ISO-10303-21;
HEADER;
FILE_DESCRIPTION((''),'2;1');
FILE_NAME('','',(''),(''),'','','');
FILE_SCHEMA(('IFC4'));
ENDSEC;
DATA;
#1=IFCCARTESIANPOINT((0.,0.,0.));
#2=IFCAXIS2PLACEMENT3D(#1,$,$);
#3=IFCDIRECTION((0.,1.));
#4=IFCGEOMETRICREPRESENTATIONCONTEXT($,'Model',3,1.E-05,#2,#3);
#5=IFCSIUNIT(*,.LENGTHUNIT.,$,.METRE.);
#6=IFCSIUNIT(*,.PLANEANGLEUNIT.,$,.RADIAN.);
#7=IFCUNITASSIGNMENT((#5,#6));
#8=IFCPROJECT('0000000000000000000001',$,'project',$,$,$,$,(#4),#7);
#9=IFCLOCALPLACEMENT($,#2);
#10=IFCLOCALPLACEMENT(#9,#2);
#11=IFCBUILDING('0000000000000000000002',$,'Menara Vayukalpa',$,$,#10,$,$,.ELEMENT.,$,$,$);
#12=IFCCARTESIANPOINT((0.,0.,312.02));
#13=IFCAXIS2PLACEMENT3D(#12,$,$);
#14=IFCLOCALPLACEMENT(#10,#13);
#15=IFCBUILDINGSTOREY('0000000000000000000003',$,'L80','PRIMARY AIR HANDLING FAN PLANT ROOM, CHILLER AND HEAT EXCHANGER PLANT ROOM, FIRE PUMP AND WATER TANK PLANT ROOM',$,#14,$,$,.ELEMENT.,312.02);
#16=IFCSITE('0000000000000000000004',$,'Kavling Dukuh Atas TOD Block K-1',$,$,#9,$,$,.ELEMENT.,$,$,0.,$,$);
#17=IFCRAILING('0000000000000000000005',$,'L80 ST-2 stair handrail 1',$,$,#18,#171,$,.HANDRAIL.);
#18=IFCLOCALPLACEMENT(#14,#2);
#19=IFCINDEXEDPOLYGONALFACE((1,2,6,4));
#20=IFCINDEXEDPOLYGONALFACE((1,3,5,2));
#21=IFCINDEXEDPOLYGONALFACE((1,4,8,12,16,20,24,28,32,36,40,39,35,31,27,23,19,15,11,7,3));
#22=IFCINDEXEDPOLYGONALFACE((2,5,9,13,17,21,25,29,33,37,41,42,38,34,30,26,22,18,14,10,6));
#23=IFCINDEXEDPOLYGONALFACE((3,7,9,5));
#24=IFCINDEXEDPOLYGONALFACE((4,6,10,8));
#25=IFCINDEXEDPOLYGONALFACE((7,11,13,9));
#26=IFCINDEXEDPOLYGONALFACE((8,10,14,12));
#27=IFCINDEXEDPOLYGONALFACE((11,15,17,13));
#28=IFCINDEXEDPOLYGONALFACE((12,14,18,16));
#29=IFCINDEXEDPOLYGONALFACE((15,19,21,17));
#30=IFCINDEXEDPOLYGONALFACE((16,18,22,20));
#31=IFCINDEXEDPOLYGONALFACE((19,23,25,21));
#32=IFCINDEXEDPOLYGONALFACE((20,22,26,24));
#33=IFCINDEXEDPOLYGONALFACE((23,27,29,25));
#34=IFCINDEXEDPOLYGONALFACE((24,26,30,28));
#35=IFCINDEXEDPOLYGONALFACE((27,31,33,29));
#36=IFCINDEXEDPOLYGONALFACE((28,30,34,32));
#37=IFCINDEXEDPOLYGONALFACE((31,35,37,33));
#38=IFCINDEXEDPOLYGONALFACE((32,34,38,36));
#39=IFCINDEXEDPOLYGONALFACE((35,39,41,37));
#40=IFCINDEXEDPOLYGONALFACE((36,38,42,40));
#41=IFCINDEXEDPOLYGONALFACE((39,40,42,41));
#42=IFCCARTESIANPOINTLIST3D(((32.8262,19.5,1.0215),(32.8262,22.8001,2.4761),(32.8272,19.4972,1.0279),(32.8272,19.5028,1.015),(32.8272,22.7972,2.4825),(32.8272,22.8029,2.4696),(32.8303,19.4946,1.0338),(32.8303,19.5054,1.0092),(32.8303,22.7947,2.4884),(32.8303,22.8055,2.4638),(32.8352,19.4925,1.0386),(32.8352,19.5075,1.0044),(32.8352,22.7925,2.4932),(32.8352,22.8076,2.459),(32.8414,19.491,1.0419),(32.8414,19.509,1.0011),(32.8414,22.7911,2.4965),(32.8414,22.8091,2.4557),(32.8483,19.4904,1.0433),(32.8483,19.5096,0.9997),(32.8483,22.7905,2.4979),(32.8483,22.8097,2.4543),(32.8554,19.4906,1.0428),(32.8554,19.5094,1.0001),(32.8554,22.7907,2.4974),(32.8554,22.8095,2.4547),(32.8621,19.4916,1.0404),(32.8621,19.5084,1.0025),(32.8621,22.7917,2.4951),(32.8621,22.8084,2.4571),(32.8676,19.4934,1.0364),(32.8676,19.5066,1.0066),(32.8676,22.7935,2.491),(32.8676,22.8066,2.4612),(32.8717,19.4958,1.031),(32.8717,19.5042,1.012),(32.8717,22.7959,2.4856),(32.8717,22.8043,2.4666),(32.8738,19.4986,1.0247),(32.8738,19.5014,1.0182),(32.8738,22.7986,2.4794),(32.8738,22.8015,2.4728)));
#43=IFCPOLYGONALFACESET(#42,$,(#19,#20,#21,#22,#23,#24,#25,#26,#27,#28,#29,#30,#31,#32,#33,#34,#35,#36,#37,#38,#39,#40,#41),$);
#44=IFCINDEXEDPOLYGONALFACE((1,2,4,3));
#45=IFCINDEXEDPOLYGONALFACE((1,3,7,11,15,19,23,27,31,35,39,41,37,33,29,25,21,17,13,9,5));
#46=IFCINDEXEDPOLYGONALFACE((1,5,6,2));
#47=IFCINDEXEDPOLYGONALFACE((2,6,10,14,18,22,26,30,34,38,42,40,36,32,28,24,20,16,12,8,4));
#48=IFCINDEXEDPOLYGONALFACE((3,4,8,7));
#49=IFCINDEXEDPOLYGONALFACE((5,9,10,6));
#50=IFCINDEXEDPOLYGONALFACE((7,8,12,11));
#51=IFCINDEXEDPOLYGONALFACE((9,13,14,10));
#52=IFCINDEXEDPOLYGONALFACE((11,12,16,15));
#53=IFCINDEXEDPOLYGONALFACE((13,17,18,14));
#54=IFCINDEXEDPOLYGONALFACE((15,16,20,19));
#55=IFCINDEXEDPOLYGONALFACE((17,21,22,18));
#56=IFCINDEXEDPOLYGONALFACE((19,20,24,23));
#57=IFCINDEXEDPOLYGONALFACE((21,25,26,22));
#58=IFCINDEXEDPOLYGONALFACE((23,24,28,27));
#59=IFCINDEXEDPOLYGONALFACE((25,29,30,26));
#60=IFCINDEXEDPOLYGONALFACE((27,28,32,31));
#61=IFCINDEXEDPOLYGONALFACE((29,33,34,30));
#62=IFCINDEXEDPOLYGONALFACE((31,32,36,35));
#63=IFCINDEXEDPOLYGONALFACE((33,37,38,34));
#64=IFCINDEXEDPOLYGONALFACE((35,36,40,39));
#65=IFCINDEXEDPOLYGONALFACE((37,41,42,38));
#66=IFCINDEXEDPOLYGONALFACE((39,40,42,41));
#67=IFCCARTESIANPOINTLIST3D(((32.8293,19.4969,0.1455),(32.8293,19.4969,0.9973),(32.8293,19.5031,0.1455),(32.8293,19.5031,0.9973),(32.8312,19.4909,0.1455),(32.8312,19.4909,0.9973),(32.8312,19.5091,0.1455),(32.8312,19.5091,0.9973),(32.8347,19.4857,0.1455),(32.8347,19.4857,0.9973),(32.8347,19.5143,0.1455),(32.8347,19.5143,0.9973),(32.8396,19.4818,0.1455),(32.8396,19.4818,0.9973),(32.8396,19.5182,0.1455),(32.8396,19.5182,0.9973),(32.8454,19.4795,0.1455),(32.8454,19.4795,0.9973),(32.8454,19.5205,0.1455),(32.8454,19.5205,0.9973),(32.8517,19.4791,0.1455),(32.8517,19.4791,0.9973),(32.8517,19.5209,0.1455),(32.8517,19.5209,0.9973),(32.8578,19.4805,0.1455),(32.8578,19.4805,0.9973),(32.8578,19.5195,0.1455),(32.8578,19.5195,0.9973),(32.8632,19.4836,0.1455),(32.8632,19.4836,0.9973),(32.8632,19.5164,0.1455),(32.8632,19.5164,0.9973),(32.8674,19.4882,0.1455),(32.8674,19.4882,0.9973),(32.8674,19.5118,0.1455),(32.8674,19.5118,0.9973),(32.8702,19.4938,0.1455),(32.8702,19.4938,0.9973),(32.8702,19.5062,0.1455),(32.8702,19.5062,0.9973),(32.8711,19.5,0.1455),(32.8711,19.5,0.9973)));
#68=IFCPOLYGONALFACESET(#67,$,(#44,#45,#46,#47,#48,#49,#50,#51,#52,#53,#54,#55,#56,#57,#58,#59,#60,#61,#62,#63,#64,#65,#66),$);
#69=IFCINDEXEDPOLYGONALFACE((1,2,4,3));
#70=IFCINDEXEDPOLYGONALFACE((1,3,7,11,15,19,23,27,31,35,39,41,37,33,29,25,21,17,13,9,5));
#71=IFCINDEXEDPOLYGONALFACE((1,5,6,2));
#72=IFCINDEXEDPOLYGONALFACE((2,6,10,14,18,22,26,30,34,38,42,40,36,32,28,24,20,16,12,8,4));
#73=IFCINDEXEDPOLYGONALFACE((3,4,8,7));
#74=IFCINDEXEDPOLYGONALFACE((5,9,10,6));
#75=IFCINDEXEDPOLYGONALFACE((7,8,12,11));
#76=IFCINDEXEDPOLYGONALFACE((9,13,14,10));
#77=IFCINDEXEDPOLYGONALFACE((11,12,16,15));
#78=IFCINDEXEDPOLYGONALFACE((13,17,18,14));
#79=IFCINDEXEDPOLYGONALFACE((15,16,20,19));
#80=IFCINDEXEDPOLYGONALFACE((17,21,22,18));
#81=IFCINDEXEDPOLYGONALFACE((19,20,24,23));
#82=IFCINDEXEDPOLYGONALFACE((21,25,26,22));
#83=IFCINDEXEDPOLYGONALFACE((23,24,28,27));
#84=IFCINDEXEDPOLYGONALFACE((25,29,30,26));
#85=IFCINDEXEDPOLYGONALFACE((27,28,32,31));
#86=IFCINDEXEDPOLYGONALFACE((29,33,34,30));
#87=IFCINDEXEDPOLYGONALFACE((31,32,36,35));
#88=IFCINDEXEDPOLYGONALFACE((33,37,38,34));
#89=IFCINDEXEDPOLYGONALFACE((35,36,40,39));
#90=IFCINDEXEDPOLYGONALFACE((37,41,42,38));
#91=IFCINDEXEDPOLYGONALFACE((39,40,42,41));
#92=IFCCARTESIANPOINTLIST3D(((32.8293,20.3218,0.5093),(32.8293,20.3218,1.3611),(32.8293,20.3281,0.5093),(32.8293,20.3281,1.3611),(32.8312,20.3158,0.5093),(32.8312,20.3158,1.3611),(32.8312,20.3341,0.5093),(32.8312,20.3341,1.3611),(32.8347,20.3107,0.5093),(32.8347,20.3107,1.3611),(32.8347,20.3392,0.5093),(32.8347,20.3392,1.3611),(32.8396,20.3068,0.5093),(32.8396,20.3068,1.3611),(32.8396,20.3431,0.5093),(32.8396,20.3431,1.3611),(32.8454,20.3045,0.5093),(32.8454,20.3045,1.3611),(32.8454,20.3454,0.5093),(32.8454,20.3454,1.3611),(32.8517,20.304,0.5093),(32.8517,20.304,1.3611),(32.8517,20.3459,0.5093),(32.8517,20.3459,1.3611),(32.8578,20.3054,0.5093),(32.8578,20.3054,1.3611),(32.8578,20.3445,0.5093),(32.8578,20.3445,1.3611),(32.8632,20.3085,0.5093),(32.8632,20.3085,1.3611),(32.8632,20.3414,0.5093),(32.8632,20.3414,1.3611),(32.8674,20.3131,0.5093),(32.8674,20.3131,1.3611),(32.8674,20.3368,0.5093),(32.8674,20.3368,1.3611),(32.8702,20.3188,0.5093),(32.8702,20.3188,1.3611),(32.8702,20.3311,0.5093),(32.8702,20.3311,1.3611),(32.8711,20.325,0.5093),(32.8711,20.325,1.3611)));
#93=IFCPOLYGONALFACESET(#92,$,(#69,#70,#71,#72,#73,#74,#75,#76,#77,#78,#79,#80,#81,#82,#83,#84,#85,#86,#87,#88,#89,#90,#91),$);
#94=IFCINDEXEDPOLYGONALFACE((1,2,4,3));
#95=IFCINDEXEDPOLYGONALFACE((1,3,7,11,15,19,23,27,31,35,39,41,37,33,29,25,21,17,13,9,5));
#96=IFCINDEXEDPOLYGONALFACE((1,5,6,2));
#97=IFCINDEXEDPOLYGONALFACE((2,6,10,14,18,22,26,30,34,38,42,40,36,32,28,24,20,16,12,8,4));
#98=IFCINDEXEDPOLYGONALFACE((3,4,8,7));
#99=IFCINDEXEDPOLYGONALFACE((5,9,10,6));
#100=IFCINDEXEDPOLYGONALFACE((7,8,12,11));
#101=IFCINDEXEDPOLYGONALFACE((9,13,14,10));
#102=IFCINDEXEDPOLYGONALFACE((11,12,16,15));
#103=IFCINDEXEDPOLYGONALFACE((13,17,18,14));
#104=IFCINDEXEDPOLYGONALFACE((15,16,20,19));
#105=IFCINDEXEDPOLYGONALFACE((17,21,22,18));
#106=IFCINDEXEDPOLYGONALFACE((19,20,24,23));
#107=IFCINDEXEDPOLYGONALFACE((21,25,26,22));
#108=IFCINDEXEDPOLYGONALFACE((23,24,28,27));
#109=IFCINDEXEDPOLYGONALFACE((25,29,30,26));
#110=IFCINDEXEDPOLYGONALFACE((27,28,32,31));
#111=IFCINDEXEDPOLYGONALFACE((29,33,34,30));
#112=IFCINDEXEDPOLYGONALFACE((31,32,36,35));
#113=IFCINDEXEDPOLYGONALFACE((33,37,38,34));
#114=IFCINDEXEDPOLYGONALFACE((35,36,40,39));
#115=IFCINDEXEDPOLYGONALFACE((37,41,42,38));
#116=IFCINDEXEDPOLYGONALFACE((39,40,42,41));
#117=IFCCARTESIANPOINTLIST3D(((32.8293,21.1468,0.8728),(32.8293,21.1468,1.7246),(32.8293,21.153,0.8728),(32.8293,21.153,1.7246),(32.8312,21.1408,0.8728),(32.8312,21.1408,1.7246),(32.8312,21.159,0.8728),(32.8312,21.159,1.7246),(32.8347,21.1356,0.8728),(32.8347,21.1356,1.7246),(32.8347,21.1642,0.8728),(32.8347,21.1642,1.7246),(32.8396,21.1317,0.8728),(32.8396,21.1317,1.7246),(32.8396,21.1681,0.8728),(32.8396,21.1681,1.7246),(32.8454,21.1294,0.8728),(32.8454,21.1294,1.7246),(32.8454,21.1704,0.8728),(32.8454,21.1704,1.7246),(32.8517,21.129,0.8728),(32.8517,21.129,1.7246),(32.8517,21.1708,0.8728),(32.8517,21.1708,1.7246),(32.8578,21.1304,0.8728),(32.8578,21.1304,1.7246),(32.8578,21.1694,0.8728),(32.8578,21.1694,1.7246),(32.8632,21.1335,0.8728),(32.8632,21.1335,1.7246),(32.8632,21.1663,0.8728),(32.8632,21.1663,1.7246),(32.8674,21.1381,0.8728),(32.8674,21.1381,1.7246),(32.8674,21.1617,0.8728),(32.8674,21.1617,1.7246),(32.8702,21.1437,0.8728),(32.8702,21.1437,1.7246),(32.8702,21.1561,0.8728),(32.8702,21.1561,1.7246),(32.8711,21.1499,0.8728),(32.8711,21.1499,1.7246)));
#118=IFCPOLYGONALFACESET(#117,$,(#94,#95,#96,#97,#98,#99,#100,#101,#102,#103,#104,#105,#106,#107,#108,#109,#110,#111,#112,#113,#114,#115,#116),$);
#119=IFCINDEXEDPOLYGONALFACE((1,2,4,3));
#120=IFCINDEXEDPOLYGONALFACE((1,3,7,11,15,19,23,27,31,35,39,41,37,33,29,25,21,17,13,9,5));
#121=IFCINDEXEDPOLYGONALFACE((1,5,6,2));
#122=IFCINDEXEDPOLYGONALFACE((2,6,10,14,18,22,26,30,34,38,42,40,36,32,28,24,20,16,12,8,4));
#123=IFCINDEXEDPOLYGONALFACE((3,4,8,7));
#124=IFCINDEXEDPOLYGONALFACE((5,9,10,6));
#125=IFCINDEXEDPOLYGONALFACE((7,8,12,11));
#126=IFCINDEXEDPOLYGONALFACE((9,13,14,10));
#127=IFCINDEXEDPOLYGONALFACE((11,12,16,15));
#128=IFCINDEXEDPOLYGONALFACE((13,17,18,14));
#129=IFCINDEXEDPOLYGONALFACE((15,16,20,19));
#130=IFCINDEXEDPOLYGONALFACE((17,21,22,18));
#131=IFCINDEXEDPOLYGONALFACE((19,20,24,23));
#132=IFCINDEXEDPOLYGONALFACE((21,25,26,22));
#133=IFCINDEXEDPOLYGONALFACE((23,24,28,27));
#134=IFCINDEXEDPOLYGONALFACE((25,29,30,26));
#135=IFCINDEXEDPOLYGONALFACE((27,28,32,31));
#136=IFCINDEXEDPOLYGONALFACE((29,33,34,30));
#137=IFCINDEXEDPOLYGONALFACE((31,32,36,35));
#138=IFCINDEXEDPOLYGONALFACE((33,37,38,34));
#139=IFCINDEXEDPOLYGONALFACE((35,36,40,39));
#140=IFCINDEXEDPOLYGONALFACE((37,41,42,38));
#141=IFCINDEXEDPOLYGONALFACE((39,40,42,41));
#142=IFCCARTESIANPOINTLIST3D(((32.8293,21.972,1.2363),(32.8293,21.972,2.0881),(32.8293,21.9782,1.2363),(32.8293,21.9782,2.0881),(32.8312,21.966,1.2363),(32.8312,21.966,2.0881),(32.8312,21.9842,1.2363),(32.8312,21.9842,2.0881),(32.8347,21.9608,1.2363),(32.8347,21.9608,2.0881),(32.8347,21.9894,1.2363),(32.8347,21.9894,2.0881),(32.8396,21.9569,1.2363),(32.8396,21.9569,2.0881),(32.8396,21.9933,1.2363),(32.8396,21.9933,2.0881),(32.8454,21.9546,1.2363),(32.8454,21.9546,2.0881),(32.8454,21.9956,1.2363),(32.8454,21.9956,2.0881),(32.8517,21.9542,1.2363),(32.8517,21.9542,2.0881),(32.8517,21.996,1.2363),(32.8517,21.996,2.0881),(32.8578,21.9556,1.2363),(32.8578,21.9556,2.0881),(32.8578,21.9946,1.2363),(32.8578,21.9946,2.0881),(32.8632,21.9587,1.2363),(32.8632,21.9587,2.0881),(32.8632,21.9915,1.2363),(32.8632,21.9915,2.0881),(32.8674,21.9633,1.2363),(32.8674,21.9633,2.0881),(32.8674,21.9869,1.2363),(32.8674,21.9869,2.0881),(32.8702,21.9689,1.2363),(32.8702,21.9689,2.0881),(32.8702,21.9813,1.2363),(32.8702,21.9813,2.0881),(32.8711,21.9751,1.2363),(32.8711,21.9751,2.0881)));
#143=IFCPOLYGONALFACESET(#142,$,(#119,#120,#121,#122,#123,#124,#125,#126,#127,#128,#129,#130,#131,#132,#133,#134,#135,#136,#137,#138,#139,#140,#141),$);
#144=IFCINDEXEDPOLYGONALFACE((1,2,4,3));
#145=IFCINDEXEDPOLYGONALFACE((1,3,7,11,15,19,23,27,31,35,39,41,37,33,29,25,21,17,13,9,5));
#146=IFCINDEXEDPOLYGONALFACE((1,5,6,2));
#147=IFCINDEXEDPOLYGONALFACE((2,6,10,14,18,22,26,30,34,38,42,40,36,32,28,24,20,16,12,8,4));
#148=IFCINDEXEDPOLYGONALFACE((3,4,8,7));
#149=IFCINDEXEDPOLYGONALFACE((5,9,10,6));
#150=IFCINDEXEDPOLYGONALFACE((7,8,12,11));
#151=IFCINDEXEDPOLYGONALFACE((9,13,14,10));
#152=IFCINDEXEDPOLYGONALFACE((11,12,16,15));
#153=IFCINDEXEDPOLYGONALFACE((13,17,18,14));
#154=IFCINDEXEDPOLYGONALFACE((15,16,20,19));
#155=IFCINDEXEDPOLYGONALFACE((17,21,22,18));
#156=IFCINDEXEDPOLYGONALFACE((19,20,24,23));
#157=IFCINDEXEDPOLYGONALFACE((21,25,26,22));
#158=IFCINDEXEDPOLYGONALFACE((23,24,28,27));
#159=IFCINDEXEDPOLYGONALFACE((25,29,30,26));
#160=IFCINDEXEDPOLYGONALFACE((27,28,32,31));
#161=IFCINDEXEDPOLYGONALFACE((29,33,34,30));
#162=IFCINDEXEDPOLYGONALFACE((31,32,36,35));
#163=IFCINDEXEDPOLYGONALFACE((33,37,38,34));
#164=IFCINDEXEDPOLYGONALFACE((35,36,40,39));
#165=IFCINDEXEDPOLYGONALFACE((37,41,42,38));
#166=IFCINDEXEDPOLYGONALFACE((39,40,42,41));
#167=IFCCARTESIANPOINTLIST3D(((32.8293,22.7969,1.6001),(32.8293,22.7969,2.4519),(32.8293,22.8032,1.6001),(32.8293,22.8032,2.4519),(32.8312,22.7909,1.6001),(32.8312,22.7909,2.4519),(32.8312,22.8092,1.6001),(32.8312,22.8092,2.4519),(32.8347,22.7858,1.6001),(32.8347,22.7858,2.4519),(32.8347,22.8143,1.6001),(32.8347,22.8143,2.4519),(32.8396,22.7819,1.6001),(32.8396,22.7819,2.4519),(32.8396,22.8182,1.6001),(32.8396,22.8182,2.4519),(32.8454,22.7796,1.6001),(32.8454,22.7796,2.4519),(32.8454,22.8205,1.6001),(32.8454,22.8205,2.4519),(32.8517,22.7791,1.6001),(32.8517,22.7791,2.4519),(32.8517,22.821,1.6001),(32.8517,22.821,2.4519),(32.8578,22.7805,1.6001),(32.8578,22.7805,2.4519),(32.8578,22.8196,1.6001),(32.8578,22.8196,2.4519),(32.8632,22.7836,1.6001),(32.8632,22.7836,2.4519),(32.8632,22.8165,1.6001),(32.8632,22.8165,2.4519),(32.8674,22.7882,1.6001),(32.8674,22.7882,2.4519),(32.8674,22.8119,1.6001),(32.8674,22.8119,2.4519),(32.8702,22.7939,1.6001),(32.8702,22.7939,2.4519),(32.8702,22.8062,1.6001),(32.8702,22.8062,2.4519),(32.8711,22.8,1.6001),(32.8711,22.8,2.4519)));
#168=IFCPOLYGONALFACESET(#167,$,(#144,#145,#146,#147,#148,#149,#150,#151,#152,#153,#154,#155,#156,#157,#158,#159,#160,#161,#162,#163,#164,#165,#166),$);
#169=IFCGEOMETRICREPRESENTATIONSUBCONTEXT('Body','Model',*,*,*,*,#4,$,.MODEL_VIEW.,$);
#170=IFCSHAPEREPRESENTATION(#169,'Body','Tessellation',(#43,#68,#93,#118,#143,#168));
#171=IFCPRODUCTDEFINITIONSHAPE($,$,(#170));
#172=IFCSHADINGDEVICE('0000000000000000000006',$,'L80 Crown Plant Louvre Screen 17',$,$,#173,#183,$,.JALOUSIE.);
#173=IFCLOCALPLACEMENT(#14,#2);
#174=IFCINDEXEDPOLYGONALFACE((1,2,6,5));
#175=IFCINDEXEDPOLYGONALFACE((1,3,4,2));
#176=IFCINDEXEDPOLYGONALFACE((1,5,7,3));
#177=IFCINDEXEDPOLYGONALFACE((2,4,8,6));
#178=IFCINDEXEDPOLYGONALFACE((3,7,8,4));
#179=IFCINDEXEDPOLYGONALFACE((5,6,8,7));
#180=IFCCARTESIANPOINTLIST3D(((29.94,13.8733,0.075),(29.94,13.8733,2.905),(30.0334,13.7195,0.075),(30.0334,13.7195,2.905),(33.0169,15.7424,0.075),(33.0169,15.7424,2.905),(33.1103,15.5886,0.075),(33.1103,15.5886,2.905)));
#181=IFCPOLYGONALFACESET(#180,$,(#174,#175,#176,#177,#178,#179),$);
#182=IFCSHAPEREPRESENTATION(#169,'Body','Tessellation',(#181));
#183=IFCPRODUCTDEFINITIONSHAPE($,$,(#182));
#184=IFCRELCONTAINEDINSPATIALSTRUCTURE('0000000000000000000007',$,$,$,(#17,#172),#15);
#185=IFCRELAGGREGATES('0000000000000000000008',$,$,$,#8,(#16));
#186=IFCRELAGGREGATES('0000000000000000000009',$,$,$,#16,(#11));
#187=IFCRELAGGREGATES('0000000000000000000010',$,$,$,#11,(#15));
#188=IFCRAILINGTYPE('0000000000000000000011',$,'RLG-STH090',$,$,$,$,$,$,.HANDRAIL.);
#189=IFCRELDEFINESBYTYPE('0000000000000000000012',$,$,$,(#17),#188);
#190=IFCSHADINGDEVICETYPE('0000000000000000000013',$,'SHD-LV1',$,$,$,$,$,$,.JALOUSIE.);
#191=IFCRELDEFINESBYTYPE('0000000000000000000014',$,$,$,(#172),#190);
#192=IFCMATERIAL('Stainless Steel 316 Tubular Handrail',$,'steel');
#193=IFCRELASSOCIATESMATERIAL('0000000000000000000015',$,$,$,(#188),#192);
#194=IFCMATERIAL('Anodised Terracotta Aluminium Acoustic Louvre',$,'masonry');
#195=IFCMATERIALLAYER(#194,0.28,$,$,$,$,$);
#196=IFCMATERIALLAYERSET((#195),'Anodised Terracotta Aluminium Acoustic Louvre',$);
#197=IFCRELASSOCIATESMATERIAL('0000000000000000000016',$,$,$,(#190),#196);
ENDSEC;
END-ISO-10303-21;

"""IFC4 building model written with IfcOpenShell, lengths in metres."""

from ifc_helpers import new_model, si_unit, direction, frame, origin, origin_2d, place, context, subcontext, project, spatial, rectangle, circle, extrude, material, layer, layer_set, type_object, element, save


model = new_model("IFC4")

# Units and contexts
model_context = context("Model", 3, precision=1e-05, world=origin(), true_north=direction((0.0, 1.0)))
body_context = subcontext(model_context, "Body", "Model", "MODEL_VIEW")
ifc_project = project(units=[si_unit("LENGTHUNIT", "METRE"), si_unit("PLANEANGLEUNIT", "RADIAN")], contexts=[model_context])

# Site, building, storey
site_placement = place(None, origin())
site = spatial("IfcSite", under=ifc_project, at=site_placement, Name="Kavling Dukuh Atas TOD Block K-1", CompositionType="ELEMENT", RefElevation=0.0)
building_placement = place(site_placement, origin())
building = spatial("IfcBuilding", under=site, at=building_placement, Name="Menara Vayukalpa", CompositionType="ELEMENT")
storey_placement = place(building_placement, frame((0.0, 0.0, 312.02)))
storey = spatial("IfcBuildingStorey", under=building, at=storey_placement, Name="L80", Description="PRIMARY AIR HANDLING FAN PLANT ROOM, CHILLER AND HEAT EXCHANGER PLANT ROOM, FIRE PUMP AND WATER TANK PLANT ROOM", CompositionType="ELEMENT", Elevation=312.02)

# Railing
ifc_material_1 = material(Name="Stainless Steel 316 Tubular Handrail", Category="steel")
railing_type_1 = type_object("IfcRailingType", Name="RLG-STH090", PredefinedType="HANDRAIL", material=ifc_material_1)
railing_1_placement = place(storey_placement, frame((32.8501, 19.5, 0.1455)))
element("IfcRailing", 1, at=railing_1_placement, inside=storey, type_object=railing_type_1, Name="L80 ST-2 stair handrail 1", PredefinedType="HANDRAIL", context=body_context, shape_type="SweptSolid", body=[
    extrude(circle(Radius=0.0239, at=origin_2d()), frame((0.0, 0.0, 0.876), z_axis=(0.0, 0.915052, 0.403335), x_axis=(-1.0, 0.0, 0.0)), (0.0, 0.0, 1.0), 3.6064),
    extrude(circle(Radius=0.021, at=origin_2d()), origin(), (0.0, 0.0, 1.0), 0.8518),
    extrude(circle(Radius=0.021, at=origin_2d()), frame((0.0, 0.825, 0.3638)), (0.0, 0.0, 1.0), 0.8518),
    extrude(circle(Radius=0.021, at=origin_2d()), frame((0.0, 1.6499, 0.7273)), (0.0, 0.0, 1.0), 0.8518),
    extrude(circle(Radius=0.021, at=origin_2d()), frame((0.0, 2.4751, 1.0908)), (0.0, 0.0, 1.0), 0.8518),
    extrude(circle(Radius=0.021, at=origin_2d()), frame((0.0, 3.3, 1.4546)), (0.0, 0.0, 1.0), 0.8518),
])

# Shading device
ifc_material_2 = material(Name="Anodised Terracotta Aluminium Acoustic Louvre", Category="masonry")
ifc_layer_1 = layer(ifc_material_2, 0.28)
ifc_layer_set_1 = layer_set([ifc_layer_1], Name="Anodised Terracotta Aluminium Acoustic Louvre")
shading_device_type = type_object("IfcShadingDeviceType", Name="SHD-LV1", PredefinedType="JALOUSIE", material=ifc_layer_set_1)
shading_device_placement = place(storey_placement, frame((31.5251, 14.731, 0.075), z_axis=(0.0, 0.0, 1.0), x_axis=(0.854667, 0.519176, 0.0)))
element("IfcShadingDevice", 2, at=shading_device_placement, inside=storey, type_object=shading_device_type, Name="L80 Crown Plant Louvre Screen 17", PredefinedType="JALOUSIE", context=body_context, shape_type="SweptSolid", body=[
    extrude(rectangle(XDim=3.6001, YDim=0.1799, at=origin_2d()), origin(), (0.0, 0.0, 1.0), 2.8301),
])

save(model, "model.ifc")
